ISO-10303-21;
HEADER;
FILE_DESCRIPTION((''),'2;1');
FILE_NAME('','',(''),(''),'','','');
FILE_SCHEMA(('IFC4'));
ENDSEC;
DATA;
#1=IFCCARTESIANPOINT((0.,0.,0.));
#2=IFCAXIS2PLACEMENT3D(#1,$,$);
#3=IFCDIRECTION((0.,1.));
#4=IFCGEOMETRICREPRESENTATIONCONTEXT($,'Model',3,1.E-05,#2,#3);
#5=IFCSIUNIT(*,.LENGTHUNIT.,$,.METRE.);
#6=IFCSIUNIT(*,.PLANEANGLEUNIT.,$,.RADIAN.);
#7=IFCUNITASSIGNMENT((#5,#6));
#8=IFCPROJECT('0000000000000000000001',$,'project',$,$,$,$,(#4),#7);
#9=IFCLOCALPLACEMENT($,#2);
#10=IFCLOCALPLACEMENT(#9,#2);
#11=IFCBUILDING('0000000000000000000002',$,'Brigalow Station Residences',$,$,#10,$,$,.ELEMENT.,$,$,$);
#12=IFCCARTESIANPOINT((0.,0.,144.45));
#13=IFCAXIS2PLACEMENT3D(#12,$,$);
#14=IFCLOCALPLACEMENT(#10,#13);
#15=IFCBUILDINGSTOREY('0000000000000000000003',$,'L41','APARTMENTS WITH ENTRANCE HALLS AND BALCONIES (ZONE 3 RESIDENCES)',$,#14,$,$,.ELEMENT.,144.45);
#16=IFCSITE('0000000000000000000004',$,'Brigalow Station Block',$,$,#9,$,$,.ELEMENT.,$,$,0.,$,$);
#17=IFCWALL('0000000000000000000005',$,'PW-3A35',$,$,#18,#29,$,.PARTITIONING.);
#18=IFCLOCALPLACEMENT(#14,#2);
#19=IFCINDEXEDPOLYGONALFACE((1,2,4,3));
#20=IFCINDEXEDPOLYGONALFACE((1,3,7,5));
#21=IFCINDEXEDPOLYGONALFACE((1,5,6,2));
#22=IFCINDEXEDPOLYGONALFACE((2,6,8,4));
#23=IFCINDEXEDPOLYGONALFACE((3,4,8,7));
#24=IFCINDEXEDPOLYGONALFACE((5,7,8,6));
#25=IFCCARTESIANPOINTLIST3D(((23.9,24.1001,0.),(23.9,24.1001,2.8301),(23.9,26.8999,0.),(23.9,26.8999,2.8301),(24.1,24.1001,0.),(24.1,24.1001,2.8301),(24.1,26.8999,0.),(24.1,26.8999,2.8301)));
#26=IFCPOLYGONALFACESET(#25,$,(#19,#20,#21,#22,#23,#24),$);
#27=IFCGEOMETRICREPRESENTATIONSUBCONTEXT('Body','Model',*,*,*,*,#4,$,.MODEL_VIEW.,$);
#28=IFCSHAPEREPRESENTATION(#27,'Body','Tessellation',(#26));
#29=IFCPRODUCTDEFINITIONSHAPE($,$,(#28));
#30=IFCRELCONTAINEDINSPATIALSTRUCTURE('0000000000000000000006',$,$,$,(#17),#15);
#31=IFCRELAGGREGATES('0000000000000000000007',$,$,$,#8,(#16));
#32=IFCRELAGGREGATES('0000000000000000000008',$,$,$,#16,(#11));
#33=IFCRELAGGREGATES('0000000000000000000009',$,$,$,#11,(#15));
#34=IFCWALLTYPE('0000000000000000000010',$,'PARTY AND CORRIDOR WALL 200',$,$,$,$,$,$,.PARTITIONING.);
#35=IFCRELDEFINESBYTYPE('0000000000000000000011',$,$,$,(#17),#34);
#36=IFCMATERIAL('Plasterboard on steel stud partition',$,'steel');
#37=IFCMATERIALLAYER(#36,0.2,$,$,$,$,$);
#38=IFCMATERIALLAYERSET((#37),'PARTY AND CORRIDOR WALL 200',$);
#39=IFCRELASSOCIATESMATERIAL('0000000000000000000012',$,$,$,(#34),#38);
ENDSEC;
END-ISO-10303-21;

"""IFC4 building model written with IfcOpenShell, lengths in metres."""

from ifc_helpers import new_model, si_unit, direction, frame, frame_2d, origin, place, context, subcontext, project, spatial, rectangle, extrude, material, layer, layer_set, type_object, element, save


model = new_model("IFC4")

# Units and contexts
model_context = context("Model", 3, precision=1e-05, world=origin(), true_north=direction((0.0, 1.0)))
body_context = subcontext(model_context, "Body", "Model", "MODEL_VIEW")
ifc_project = project(units=[si_unit("LENGTHUNIT", "METRE"), si_unit("PLANEANGLEUNIT", "RADIAN")], contexts=[model_context])

# Site, building, storey
site_placement = place(None, origin())
site = spatial("IfcSite", under=ifc_project, at=site_placement, Name="Brigalow Station Block", CompositionType="ELEMENT", RefElevation=0.0)
building_placement = place(site_placement, origin())
building = spatial("IfcBuilding", under=site, at=building_placement, Name="Brigalow Station Residences", CompositionType="ELEMENT")
storey_placement = place(building_placement, frame((0.0, 0.0, 144.45)))
storey = spatial("IfcBuildingStorey", under=building, at=storey_placement, Name="L41", Description="APARTMENTS WITH ENTRANCE HALLS AND BALCONIES (ZONE 3 RESIDENCES)", CompositionType="ELEMENT", Elevation=144.45)

# Wall
ifc_material_1 = material(Name="Plasterboard on steel stud partition", Category="steel")
ifc_layer_1 = layer(ifc_material_1, 0.2)
ifc_layer_set_1 = layer_set([ifc_layer_1], Name="PARTY AND CORRIDOR WALL 200")
wall_type_1 = type_object("IfcWallType", Name="PARTY AND CORRIDOR WALL 200", PredefinedType="PARTITIONING", material=ifc_layer_set_1)
wall_1_placement = place(storey_placement, frame((24.0, 24.1001, 0.0), z_axis=(0.0, 0.0, 1.0), x_axis=(0.0, 1.0, 0.0)))
element("IfcWall", 1, at=wall_1_placement, inside=storey, type_object=wall_type_1, Name="PW-3A35", PredefinedType="PARTITIONING", context=body_context, shape_type="SweptSolid", body=[
    extrude(rectangle(XDim=2.7998, YDim=0.2, at=frame_2d((1.3999, 0.0))), origin(), (0.0, 0.0, 1.0), 2.8301),
])

save(model, "model.ifc")
